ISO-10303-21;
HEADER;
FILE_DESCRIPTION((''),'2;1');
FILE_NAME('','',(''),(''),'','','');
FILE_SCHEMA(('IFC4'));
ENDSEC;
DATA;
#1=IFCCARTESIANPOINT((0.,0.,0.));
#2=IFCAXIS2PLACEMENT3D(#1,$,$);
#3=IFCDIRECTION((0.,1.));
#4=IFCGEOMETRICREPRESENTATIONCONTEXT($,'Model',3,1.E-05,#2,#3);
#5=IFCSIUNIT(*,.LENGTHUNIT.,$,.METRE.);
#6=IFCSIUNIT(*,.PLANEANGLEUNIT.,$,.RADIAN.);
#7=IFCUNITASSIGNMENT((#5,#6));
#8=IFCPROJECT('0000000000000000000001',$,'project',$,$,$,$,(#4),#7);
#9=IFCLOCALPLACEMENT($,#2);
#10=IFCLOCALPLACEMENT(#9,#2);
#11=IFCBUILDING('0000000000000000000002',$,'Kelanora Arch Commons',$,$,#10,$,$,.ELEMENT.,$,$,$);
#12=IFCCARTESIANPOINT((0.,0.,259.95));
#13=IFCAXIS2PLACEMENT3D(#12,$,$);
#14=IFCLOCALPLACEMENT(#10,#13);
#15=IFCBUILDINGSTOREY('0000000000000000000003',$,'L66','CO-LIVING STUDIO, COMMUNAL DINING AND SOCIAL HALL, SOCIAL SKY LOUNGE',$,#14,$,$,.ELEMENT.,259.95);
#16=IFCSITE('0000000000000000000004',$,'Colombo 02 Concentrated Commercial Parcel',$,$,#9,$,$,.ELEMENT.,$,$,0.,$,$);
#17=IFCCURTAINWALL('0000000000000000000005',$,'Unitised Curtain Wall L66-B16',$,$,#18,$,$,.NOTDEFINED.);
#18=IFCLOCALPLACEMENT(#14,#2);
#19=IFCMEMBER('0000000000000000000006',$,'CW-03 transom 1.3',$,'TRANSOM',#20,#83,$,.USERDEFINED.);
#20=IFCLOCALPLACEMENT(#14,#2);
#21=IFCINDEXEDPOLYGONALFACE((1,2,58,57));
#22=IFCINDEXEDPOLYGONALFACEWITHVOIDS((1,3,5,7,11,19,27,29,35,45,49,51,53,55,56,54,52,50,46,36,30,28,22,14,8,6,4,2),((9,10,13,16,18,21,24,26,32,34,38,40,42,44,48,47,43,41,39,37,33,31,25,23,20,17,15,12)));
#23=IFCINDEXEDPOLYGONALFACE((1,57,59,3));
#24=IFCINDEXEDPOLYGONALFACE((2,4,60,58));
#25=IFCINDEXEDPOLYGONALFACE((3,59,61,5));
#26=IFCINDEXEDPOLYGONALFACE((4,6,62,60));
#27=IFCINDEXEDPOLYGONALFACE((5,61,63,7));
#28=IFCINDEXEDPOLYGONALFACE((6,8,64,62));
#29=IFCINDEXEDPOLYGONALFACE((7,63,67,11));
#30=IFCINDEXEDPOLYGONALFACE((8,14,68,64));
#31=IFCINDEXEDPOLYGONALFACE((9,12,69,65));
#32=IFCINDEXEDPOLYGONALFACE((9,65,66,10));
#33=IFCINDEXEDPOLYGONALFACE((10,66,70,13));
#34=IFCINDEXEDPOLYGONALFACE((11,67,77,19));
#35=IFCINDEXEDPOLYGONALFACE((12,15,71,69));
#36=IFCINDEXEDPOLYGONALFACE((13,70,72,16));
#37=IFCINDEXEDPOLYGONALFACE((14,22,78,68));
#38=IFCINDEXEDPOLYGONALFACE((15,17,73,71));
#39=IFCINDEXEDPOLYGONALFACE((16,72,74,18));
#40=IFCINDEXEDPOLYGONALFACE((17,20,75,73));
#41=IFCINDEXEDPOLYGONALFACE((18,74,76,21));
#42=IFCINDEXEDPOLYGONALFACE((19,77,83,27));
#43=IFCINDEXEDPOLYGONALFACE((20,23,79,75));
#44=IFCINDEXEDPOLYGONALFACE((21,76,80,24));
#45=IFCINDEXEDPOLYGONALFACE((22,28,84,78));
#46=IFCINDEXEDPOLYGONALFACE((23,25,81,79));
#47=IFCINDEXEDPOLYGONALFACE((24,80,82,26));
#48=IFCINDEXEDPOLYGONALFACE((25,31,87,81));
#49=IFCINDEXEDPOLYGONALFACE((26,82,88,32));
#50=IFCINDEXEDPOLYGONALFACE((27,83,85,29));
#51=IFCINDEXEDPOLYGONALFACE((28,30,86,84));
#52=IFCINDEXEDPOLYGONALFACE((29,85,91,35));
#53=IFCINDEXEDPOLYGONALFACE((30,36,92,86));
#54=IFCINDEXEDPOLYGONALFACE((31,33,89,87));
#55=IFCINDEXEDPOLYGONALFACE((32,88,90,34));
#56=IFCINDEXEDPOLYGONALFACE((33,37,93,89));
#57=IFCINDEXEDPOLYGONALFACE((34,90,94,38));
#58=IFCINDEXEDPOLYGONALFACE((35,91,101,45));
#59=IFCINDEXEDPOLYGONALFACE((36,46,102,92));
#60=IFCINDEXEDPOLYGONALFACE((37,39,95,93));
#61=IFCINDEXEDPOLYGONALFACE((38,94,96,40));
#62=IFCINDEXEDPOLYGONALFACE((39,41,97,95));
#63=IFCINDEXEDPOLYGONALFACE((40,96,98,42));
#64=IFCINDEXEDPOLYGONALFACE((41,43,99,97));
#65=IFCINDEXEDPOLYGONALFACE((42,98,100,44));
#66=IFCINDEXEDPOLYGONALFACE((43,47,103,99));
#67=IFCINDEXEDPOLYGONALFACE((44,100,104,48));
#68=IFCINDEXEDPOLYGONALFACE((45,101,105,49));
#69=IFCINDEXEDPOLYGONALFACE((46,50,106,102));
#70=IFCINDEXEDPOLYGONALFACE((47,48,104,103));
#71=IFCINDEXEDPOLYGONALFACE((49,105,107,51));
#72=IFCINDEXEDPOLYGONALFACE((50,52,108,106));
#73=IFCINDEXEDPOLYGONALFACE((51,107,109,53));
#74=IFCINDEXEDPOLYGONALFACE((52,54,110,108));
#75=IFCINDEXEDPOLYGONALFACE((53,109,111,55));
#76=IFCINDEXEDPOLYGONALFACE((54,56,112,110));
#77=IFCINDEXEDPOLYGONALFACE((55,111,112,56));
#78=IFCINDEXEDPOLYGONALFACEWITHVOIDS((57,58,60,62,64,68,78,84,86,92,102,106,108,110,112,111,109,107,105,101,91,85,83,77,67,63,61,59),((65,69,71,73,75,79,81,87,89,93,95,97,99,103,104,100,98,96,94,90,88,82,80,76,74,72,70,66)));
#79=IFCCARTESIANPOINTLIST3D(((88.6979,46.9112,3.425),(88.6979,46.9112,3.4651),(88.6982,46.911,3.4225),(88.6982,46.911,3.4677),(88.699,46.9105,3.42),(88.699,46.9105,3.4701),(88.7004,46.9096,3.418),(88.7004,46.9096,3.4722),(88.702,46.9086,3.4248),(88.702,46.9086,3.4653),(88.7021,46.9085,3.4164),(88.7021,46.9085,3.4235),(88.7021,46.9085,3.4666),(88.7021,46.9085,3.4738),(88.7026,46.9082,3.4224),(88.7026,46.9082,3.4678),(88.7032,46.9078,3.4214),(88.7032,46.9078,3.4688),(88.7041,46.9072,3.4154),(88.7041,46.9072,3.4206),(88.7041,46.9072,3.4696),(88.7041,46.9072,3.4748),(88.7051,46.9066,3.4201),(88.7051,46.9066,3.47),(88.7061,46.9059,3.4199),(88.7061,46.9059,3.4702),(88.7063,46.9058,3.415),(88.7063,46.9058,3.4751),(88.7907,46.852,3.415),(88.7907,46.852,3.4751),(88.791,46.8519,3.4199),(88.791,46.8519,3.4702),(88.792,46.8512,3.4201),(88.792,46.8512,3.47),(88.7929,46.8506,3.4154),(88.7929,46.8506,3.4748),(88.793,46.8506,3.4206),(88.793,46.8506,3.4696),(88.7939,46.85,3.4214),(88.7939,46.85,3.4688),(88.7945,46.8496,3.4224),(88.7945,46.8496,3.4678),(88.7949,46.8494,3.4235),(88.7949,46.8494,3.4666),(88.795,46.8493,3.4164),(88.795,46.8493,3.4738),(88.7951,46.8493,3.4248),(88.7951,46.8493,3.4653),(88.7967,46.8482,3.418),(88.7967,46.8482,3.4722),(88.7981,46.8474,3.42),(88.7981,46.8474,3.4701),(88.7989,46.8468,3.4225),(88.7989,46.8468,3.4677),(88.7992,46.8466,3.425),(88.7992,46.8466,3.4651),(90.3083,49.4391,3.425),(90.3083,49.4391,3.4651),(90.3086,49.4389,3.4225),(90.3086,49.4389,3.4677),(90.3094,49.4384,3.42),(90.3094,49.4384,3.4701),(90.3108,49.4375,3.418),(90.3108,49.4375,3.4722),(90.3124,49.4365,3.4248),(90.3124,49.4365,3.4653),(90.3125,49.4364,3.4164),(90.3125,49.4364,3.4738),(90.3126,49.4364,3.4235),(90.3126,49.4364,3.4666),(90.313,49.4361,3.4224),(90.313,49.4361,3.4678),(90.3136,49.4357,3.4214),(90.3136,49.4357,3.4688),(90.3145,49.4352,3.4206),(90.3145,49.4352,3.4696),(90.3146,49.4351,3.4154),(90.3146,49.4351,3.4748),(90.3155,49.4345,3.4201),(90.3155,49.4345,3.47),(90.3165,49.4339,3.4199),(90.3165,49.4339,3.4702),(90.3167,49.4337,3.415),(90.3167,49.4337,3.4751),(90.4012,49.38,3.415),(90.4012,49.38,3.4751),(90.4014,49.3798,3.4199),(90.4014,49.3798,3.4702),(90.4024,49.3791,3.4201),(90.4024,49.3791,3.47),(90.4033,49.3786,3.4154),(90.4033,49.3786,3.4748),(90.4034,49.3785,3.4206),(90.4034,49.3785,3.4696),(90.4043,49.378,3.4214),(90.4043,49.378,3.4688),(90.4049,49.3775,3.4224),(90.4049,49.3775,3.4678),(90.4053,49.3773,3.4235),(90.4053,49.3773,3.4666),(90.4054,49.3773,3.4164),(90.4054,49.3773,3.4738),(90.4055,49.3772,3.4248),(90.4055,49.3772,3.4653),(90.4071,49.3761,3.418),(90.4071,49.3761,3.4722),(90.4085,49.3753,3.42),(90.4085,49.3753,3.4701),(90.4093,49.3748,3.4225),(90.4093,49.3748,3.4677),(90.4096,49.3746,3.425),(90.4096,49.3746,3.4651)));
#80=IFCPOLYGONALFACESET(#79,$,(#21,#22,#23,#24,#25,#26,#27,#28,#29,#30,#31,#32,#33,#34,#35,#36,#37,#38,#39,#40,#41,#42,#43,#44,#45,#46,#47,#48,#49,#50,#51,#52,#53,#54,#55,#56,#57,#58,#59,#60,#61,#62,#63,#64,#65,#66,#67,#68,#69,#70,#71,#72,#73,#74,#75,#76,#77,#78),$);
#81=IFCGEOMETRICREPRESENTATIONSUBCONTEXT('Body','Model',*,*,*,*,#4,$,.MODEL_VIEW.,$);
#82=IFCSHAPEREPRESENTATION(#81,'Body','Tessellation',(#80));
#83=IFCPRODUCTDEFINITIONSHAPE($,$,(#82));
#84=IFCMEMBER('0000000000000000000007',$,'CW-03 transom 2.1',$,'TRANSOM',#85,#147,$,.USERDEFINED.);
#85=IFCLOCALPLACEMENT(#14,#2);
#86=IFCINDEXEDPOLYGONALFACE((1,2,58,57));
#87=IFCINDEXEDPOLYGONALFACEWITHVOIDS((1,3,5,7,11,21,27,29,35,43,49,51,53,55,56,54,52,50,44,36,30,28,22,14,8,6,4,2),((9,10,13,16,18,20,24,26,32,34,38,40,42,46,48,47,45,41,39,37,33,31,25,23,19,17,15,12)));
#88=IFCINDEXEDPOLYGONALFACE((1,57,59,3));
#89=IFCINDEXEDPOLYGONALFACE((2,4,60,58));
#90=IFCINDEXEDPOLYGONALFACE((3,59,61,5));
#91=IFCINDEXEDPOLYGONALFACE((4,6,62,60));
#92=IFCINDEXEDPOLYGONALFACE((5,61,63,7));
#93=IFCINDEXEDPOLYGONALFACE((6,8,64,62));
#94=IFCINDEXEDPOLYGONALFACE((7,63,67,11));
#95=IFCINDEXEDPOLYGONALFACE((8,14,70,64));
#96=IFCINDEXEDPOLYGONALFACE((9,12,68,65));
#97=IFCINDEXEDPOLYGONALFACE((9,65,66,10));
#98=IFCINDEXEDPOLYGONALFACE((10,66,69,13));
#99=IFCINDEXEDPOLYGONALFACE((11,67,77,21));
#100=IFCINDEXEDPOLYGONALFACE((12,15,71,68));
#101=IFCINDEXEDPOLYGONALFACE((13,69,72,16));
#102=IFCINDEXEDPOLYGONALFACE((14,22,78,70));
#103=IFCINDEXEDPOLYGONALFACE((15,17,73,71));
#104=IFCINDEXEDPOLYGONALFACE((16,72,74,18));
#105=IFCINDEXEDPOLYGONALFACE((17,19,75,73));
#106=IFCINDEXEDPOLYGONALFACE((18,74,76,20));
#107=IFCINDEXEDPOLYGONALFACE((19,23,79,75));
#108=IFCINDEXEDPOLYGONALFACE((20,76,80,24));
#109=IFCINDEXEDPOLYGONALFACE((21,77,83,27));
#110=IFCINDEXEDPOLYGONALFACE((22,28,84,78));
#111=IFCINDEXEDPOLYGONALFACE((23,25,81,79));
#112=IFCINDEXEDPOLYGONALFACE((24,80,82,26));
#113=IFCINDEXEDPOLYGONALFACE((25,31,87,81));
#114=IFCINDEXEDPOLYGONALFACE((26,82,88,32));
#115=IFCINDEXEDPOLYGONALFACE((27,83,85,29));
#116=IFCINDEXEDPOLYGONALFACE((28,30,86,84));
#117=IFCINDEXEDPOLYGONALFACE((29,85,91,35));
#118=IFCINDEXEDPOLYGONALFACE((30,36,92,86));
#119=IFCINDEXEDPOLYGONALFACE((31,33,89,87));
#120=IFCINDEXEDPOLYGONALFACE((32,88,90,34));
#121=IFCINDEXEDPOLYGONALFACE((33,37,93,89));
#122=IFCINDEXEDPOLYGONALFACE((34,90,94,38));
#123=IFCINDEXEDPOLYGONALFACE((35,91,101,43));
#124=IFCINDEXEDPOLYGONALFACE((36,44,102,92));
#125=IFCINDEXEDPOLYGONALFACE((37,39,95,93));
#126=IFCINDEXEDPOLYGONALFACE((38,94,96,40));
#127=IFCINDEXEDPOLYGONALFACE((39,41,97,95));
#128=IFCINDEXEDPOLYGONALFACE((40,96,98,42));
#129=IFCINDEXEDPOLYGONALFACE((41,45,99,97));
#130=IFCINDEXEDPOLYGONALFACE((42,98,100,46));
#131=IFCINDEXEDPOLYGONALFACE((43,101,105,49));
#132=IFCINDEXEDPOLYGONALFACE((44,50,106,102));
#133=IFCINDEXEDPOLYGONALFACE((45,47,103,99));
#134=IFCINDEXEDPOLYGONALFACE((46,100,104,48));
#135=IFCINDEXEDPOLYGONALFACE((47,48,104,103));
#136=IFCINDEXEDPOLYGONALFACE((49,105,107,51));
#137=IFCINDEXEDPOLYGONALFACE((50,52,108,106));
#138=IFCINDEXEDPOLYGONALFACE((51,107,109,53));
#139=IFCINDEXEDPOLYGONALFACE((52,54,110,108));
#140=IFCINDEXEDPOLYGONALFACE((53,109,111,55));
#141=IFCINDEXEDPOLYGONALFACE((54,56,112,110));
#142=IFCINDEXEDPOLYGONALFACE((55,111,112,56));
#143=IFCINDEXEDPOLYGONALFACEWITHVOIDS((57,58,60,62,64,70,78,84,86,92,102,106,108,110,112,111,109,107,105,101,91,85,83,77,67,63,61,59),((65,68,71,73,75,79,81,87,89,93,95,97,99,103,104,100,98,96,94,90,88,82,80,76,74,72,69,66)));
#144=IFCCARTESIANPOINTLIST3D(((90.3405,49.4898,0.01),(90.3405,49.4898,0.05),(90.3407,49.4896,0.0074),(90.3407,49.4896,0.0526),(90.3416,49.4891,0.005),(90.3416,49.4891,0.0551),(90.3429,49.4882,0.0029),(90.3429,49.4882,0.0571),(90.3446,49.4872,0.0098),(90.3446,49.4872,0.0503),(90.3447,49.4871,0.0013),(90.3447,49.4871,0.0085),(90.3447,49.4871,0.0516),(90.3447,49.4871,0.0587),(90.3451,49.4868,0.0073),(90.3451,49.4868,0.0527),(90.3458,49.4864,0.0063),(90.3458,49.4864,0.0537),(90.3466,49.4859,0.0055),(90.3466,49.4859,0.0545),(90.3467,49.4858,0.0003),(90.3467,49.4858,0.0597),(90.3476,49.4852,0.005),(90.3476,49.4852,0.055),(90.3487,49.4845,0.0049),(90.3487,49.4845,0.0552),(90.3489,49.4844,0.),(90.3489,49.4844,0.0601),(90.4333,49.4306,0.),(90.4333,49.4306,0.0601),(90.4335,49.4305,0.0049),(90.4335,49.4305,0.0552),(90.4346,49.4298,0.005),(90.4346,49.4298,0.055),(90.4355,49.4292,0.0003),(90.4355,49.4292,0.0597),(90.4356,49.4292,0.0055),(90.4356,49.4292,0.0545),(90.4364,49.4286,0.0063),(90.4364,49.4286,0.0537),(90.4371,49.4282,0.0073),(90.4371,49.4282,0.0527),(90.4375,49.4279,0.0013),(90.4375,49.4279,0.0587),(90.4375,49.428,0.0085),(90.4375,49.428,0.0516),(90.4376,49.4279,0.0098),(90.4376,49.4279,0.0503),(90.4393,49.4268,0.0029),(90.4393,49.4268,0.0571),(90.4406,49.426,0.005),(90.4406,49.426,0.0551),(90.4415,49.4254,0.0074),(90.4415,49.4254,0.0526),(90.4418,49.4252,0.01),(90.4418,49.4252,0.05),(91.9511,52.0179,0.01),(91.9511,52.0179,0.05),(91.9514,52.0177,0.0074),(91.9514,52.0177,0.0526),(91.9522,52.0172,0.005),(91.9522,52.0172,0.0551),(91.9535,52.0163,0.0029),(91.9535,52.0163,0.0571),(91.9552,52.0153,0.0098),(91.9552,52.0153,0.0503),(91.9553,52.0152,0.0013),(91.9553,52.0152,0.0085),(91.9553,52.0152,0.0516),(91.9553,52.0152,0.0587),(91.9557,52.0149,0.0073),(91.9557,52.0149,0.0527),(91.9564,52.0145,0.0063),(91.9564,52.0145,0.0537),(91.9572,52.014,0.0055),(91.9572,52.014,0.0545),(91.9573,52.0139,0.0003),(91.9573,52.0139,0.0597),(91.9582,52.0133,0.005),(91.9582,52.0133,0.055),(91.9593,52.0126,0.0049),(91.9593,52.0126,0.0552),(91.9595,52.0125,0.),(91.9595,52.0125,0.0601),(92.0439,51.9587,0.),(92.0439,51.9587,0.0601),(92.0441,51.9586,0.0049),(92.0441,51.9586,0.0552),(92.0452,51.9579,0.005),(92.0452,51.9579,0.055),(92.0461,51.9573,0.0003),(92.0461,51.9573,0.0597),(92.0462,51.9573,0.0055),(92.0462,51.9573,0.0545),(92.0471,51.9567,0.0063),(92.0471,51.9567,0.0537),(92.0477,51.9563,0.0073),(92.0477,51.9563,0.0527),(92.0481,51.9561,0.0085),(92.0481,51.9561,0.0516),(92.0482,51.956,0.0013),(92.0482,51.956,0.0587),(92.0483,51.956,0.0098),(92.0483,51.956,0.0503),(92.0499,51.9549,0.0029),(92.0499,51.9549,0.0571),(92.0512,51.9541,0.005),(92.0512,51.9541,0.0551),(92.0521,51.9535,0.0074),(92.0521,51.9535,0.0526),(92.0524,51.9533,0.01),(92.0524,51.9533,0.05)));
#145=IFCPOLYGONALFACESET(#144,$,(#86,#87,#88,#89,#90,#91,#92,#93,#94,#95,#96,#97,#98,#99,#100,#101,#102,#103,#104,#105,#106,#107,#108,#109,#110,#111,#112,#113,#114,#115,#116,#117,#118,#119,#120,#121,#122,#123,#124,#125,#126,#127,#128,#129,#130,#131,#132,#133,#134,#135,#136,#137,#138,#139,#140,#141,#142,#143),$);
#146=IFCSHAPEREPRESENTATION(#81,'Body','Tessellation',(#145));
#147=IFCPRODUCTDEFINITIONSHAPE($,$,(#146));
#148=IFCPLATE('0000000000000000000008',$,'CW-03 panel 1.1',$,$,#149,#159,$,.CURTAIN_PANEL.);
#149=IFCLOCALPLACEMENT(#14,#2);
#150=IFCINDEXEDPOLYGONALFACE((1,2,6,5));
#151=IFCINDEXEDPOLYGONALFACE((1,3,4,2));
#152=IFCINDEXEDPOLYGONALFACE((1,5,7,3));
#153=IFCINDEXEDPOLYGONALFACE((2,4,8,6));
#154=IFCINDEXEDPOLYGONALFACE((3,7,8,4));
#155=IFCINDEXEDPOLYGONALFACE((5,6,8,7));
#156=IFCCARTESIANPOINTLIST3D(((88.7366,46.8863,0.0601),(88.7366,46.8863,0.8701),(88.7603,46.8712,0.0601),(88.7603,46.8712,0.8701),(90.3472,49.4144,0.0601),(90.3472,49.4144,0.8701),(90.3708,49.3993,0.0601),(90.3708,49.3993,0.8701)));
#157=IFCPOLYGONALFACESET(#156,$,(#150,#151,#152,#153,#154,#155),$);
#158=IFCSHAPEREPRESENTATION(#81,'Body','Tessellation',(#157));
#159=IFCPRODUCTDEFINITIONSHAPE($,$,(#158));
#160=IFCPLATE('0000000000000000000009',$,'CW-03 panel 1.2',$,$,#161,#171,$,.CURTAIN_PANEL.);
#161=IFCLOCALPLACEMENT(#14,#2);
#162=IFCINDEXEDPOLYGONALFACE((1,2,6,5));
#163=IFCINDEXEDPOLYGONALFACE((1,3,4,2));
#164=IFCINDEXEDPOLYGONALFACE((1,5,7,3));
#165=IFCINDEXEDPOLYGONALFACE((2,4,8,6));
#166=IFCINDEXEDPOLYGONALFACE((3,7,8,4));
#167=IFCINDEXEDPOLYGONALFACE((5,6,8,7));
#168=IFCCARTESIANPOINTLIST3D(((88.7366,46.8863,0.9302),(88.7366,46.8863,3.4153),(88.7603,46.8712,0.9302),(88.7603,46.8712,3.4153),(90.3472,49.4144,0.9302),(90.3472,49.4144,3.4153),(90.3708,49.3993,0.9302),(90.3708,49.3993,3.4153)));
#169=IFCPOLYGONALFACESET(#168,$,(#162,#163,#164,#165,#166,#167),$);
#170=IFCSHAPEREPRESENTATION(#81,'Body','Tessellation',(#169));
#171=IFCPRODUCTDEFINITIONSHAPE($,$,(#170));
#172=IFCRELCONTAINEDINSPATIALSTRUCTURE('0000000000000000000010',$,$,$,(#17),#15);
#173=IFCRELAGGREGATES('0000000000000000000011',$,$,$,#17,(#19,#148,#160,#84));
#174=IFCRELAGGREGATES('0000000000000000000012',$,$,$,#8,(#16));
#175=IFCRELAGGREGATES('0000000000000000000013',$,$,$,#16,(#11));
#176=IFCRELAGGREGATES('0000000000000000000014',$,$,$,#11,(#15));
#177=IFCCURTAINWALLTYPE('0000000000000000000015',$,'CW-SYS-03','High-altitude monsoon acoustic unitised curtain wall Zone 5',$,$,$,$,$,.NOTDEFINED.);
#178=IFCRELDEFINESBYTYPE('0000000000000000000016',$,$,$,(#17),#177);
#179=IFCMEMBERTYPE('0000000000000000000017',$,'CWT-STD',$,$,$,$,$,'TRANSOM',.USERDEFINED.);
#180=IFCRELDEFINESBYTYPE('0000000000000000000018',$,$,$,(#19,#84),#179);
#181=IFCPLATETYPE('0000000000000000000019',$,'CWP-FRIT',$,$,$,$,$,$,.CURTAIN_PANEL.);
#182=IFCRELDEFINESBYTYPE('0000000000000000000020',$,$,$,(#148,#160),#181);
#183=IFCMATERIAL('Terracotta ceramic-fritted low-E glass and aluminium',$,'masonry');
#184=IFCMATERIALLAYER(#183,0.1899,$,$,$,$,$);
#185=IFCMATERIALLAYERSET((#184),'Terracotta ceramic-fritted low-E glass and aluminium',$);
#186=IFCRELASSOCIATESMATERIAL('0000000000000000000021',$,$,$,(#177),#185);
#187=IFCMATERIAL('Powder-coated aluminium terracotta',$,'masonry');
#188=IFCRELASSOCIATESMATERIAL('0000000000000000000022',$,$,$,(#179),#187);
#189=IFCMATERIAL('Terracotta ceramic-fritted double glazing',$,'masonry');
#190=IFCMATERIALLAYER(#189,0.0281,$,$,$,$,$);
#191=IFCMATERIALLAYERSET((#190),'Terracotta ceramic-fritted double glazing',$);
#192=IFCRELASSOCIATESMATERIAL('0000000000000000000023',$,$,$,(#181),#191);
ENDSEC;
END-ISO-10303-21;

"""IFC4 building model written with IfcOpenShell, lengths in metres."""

from ifc_helpers import new_model, si_unit, direction, frame, origin, origin_2d, place, context, subcontext, project, spatial, rectangle, hollow_rectangle, extrude, source, transform, mapped, material, layer, layer_set, material_profile, profile_set, type_object, element, aggregate, save


model = new_model("IFC4")

# Units and contexts
model_context = context("Model", 3, precision=1e-05, world=origin(), true_north=direction((0.0, 1.0)))
body_context = subcontext(model_context, "Body", "Model", "MODEL_VIEW")
ifc_project = project(units=[si_unit("LENGTHUNIT", "METRE"), si_unit("PLANEANGLEUNIT", "RADIAN")], contexts=[model_context])

# Site, building, storey
site_placement = place(None, origin())
site = spatial("IfcSite", under=ifc_project, at=site_placement, Name="Colombo 02 Concentrated Commercial Parcel", CompositionType="ELEMENT", RefElevation=0.0)
building_placement = place(site_placement, origin())
building = spatial("IfcBuilding", under=site, at=building_placement, Name="Kelanora Arch Commons", CompositionType="ELEMENT")
storey_placement = place(building_placement, frame((0.0, 0.0, 259.95)))
storey = spatial("IfcBuildingStorey", under=building, at=storey_placement, Name="L66", Description="CO-LIVING STUDIO, COMMUNAL DINING AND SOCIAL HALL, SOCIAL SKY LOUNGE", CompositionType="ELEMENT", Elevation=259.95)

# Shared definitions
ifc_material_1 = material(Name="Terracotta ceramic-fritted low-E glass and aluminium", Category="masonry")
ifc_layer_1 = layer(ifc_material_1, 0.1899)
ifc_layer_set_1 = layer_set([ifc_layer_1], Name="Terracotta ceramic-fritted low-E glass and aluminium")
curtain_wall_type = type_object("IfcCurtainWallType", Name="CW-SYS-03", Description="High-altitude monsoon acoustic unitised curtain wall Zone 5", PredefinedType="NOTDEFINED", material=ifc_layer_set_1)
ifc_material_2 = material(Name="Powder-coated aluminium terracotta", Category="masonry")

# Curtain wall, members, plates
curtain_wall_1_placement = place(storey_placement, origin())
curtain_wall_1 = element("IfcCurtainWall", 1, at=curtain_wall_1_placement, inside=storey, type_object=curtain_wall_type, Name="Unitised Curtain Wall L66-B16", PredefinedType="NOTDEFINED")
ifc_material_profile_1 = material_profile(ifc_material_2, hollow_rectangle(XDim=0.1201, YDim=0.0601, WallThickness=0.0049, InnerFilletRadius=0.0049, OuterFilletRadius=0.01, at=origin_2d()), Name="CWT120x60")
ifc_profile_set_1 = profile_set([ifc_material_profile_1], Name="Powder-coated aluminium terracotta")
member_type_1 = type_object("IfcMemberType", Name="CWT-STD", ElementType="TRANSOM", PredefinedType="USERDEFINED", material=ifc_profile_set_1)
member_1_placement = place(storey_placement, frame((88.7485, 46.8789, 3.4451), z_axis=(0.537287, 0.8434, 0.0), x_axis=(-0.8434, 0.537287, 0.0)))
member_1 = element("IfcMember", 2, at=member_1_placement, type_object=member_type_1, Name="CW-03 transom 1.3", ObjectType="TRANSOM", PredefinedType="USERDEFINED", context=body_context, shape_type="SweptSolid", body=[
    extrude(hollow_rectangle(XDim=0.1201, YDim=0.0601, WallThickness=0.0049, InnerFilletRadius=0.0049, OuterFilletRadius=0.01, at=origin_2d()), origin(), (0.0, 0.0, 1.0), 2.9973),
])
member_2_placement = place(storey_placement, frame((90.3911, 49.4575, 0.03), z_axis=(0.537308, 0.843386, 0.0), x_axis=(-0.843386, 0.537308, 0.0)))
member_2 = element("IfcMember", 3, at=member_2_placement, type_object=member_type_1, Name="CW-03 transom 2.1", ObjectType="TRANSOM", PredefinedType="USERDEFINED", context=body_context, shape_type="SweptSolid", body=[
    extrude(hollow_rectangle(XDim=0.1201, YDim=0.0601, WallThickness=0.0049, InnerFilletRadius=0.0049, OuterFilletRadius=0.01, at=origin_2d()), origin(), (0.0, 0.0, 1.0), 2.9976),
])
ifc_material_3 = material(Name="Terracotta ceramic-fritted double glazing", Category="masonry")
ifc_layer_2 = layer(ifc_material_3, 0.0281)
ifc_layer_set_2 = layer_set([ifc_layer_2], Name="Terracotta ceramic-fritted double glazing")
plate_type = type_object("IfcPlateType", Name="CWP-FRIT", PredefinedType="CURTAIN_PANEL", material=ifc_layer_set_2)
shared_shape_1 = source(origin(), body_context, "Body", "SweptSolid", [
    extrude(rectangle(XDim=2.9976, YDim=0.0281, at=origin_2d()), origin(), (0.0, 0.0, 1.0), 0.8101),
])
plate_1_placement = place(storey_placement, frame((89.5537, 48.1428, 0.0601), z_axis=(0.0, 0.0, 1.0), x_axis=(0.5373, 0.843391, 0.0)))
plate_1 = element("IfcPlate", 4, at=plate_1_placement, type_object=plate_type, Name="CW-03 panel 1.1", PredefinedType="CURTAIN_PANEL", context=body_context, shape_type="MappedRepresentation", body=[
    mapped(shared_shape_1, transform((0.0, 0.0, 0.0), scale=1.0)),
])
shared_shape_2 = source(origin(), body_context, "Body", "SweptSolid", [
    extrude(rectangle(XDim=2.9976, YDim=0.0281, at=origin_2d()), origin(), (0.0, 0.0, 1.0), 2.4851),
])
plate_2_placement = place(storey_placement, frame((89.5537, 48.1428, 0.9302), z_axis=(0.0, 0.0, 1.0), x_axis=(0.5373, 0.843391, 0.0)))
plate_2 = element("IfcPlate", 5, at=plate_2_placement, type_object=plate_type, Name="CW-03 panel 1.2", PredefinedType="CURTAIN_PANEL", context=body_context, shape_type="MappedRepresentation", body=[
    mapped(shared_shape_2, transform((0.0, 0.0, 0.0), scale=1.0)),
])
aggregate(curtain_wall_1, [member_1, plate_1, plate_2, member_2])

save(model, "model.ifc")
